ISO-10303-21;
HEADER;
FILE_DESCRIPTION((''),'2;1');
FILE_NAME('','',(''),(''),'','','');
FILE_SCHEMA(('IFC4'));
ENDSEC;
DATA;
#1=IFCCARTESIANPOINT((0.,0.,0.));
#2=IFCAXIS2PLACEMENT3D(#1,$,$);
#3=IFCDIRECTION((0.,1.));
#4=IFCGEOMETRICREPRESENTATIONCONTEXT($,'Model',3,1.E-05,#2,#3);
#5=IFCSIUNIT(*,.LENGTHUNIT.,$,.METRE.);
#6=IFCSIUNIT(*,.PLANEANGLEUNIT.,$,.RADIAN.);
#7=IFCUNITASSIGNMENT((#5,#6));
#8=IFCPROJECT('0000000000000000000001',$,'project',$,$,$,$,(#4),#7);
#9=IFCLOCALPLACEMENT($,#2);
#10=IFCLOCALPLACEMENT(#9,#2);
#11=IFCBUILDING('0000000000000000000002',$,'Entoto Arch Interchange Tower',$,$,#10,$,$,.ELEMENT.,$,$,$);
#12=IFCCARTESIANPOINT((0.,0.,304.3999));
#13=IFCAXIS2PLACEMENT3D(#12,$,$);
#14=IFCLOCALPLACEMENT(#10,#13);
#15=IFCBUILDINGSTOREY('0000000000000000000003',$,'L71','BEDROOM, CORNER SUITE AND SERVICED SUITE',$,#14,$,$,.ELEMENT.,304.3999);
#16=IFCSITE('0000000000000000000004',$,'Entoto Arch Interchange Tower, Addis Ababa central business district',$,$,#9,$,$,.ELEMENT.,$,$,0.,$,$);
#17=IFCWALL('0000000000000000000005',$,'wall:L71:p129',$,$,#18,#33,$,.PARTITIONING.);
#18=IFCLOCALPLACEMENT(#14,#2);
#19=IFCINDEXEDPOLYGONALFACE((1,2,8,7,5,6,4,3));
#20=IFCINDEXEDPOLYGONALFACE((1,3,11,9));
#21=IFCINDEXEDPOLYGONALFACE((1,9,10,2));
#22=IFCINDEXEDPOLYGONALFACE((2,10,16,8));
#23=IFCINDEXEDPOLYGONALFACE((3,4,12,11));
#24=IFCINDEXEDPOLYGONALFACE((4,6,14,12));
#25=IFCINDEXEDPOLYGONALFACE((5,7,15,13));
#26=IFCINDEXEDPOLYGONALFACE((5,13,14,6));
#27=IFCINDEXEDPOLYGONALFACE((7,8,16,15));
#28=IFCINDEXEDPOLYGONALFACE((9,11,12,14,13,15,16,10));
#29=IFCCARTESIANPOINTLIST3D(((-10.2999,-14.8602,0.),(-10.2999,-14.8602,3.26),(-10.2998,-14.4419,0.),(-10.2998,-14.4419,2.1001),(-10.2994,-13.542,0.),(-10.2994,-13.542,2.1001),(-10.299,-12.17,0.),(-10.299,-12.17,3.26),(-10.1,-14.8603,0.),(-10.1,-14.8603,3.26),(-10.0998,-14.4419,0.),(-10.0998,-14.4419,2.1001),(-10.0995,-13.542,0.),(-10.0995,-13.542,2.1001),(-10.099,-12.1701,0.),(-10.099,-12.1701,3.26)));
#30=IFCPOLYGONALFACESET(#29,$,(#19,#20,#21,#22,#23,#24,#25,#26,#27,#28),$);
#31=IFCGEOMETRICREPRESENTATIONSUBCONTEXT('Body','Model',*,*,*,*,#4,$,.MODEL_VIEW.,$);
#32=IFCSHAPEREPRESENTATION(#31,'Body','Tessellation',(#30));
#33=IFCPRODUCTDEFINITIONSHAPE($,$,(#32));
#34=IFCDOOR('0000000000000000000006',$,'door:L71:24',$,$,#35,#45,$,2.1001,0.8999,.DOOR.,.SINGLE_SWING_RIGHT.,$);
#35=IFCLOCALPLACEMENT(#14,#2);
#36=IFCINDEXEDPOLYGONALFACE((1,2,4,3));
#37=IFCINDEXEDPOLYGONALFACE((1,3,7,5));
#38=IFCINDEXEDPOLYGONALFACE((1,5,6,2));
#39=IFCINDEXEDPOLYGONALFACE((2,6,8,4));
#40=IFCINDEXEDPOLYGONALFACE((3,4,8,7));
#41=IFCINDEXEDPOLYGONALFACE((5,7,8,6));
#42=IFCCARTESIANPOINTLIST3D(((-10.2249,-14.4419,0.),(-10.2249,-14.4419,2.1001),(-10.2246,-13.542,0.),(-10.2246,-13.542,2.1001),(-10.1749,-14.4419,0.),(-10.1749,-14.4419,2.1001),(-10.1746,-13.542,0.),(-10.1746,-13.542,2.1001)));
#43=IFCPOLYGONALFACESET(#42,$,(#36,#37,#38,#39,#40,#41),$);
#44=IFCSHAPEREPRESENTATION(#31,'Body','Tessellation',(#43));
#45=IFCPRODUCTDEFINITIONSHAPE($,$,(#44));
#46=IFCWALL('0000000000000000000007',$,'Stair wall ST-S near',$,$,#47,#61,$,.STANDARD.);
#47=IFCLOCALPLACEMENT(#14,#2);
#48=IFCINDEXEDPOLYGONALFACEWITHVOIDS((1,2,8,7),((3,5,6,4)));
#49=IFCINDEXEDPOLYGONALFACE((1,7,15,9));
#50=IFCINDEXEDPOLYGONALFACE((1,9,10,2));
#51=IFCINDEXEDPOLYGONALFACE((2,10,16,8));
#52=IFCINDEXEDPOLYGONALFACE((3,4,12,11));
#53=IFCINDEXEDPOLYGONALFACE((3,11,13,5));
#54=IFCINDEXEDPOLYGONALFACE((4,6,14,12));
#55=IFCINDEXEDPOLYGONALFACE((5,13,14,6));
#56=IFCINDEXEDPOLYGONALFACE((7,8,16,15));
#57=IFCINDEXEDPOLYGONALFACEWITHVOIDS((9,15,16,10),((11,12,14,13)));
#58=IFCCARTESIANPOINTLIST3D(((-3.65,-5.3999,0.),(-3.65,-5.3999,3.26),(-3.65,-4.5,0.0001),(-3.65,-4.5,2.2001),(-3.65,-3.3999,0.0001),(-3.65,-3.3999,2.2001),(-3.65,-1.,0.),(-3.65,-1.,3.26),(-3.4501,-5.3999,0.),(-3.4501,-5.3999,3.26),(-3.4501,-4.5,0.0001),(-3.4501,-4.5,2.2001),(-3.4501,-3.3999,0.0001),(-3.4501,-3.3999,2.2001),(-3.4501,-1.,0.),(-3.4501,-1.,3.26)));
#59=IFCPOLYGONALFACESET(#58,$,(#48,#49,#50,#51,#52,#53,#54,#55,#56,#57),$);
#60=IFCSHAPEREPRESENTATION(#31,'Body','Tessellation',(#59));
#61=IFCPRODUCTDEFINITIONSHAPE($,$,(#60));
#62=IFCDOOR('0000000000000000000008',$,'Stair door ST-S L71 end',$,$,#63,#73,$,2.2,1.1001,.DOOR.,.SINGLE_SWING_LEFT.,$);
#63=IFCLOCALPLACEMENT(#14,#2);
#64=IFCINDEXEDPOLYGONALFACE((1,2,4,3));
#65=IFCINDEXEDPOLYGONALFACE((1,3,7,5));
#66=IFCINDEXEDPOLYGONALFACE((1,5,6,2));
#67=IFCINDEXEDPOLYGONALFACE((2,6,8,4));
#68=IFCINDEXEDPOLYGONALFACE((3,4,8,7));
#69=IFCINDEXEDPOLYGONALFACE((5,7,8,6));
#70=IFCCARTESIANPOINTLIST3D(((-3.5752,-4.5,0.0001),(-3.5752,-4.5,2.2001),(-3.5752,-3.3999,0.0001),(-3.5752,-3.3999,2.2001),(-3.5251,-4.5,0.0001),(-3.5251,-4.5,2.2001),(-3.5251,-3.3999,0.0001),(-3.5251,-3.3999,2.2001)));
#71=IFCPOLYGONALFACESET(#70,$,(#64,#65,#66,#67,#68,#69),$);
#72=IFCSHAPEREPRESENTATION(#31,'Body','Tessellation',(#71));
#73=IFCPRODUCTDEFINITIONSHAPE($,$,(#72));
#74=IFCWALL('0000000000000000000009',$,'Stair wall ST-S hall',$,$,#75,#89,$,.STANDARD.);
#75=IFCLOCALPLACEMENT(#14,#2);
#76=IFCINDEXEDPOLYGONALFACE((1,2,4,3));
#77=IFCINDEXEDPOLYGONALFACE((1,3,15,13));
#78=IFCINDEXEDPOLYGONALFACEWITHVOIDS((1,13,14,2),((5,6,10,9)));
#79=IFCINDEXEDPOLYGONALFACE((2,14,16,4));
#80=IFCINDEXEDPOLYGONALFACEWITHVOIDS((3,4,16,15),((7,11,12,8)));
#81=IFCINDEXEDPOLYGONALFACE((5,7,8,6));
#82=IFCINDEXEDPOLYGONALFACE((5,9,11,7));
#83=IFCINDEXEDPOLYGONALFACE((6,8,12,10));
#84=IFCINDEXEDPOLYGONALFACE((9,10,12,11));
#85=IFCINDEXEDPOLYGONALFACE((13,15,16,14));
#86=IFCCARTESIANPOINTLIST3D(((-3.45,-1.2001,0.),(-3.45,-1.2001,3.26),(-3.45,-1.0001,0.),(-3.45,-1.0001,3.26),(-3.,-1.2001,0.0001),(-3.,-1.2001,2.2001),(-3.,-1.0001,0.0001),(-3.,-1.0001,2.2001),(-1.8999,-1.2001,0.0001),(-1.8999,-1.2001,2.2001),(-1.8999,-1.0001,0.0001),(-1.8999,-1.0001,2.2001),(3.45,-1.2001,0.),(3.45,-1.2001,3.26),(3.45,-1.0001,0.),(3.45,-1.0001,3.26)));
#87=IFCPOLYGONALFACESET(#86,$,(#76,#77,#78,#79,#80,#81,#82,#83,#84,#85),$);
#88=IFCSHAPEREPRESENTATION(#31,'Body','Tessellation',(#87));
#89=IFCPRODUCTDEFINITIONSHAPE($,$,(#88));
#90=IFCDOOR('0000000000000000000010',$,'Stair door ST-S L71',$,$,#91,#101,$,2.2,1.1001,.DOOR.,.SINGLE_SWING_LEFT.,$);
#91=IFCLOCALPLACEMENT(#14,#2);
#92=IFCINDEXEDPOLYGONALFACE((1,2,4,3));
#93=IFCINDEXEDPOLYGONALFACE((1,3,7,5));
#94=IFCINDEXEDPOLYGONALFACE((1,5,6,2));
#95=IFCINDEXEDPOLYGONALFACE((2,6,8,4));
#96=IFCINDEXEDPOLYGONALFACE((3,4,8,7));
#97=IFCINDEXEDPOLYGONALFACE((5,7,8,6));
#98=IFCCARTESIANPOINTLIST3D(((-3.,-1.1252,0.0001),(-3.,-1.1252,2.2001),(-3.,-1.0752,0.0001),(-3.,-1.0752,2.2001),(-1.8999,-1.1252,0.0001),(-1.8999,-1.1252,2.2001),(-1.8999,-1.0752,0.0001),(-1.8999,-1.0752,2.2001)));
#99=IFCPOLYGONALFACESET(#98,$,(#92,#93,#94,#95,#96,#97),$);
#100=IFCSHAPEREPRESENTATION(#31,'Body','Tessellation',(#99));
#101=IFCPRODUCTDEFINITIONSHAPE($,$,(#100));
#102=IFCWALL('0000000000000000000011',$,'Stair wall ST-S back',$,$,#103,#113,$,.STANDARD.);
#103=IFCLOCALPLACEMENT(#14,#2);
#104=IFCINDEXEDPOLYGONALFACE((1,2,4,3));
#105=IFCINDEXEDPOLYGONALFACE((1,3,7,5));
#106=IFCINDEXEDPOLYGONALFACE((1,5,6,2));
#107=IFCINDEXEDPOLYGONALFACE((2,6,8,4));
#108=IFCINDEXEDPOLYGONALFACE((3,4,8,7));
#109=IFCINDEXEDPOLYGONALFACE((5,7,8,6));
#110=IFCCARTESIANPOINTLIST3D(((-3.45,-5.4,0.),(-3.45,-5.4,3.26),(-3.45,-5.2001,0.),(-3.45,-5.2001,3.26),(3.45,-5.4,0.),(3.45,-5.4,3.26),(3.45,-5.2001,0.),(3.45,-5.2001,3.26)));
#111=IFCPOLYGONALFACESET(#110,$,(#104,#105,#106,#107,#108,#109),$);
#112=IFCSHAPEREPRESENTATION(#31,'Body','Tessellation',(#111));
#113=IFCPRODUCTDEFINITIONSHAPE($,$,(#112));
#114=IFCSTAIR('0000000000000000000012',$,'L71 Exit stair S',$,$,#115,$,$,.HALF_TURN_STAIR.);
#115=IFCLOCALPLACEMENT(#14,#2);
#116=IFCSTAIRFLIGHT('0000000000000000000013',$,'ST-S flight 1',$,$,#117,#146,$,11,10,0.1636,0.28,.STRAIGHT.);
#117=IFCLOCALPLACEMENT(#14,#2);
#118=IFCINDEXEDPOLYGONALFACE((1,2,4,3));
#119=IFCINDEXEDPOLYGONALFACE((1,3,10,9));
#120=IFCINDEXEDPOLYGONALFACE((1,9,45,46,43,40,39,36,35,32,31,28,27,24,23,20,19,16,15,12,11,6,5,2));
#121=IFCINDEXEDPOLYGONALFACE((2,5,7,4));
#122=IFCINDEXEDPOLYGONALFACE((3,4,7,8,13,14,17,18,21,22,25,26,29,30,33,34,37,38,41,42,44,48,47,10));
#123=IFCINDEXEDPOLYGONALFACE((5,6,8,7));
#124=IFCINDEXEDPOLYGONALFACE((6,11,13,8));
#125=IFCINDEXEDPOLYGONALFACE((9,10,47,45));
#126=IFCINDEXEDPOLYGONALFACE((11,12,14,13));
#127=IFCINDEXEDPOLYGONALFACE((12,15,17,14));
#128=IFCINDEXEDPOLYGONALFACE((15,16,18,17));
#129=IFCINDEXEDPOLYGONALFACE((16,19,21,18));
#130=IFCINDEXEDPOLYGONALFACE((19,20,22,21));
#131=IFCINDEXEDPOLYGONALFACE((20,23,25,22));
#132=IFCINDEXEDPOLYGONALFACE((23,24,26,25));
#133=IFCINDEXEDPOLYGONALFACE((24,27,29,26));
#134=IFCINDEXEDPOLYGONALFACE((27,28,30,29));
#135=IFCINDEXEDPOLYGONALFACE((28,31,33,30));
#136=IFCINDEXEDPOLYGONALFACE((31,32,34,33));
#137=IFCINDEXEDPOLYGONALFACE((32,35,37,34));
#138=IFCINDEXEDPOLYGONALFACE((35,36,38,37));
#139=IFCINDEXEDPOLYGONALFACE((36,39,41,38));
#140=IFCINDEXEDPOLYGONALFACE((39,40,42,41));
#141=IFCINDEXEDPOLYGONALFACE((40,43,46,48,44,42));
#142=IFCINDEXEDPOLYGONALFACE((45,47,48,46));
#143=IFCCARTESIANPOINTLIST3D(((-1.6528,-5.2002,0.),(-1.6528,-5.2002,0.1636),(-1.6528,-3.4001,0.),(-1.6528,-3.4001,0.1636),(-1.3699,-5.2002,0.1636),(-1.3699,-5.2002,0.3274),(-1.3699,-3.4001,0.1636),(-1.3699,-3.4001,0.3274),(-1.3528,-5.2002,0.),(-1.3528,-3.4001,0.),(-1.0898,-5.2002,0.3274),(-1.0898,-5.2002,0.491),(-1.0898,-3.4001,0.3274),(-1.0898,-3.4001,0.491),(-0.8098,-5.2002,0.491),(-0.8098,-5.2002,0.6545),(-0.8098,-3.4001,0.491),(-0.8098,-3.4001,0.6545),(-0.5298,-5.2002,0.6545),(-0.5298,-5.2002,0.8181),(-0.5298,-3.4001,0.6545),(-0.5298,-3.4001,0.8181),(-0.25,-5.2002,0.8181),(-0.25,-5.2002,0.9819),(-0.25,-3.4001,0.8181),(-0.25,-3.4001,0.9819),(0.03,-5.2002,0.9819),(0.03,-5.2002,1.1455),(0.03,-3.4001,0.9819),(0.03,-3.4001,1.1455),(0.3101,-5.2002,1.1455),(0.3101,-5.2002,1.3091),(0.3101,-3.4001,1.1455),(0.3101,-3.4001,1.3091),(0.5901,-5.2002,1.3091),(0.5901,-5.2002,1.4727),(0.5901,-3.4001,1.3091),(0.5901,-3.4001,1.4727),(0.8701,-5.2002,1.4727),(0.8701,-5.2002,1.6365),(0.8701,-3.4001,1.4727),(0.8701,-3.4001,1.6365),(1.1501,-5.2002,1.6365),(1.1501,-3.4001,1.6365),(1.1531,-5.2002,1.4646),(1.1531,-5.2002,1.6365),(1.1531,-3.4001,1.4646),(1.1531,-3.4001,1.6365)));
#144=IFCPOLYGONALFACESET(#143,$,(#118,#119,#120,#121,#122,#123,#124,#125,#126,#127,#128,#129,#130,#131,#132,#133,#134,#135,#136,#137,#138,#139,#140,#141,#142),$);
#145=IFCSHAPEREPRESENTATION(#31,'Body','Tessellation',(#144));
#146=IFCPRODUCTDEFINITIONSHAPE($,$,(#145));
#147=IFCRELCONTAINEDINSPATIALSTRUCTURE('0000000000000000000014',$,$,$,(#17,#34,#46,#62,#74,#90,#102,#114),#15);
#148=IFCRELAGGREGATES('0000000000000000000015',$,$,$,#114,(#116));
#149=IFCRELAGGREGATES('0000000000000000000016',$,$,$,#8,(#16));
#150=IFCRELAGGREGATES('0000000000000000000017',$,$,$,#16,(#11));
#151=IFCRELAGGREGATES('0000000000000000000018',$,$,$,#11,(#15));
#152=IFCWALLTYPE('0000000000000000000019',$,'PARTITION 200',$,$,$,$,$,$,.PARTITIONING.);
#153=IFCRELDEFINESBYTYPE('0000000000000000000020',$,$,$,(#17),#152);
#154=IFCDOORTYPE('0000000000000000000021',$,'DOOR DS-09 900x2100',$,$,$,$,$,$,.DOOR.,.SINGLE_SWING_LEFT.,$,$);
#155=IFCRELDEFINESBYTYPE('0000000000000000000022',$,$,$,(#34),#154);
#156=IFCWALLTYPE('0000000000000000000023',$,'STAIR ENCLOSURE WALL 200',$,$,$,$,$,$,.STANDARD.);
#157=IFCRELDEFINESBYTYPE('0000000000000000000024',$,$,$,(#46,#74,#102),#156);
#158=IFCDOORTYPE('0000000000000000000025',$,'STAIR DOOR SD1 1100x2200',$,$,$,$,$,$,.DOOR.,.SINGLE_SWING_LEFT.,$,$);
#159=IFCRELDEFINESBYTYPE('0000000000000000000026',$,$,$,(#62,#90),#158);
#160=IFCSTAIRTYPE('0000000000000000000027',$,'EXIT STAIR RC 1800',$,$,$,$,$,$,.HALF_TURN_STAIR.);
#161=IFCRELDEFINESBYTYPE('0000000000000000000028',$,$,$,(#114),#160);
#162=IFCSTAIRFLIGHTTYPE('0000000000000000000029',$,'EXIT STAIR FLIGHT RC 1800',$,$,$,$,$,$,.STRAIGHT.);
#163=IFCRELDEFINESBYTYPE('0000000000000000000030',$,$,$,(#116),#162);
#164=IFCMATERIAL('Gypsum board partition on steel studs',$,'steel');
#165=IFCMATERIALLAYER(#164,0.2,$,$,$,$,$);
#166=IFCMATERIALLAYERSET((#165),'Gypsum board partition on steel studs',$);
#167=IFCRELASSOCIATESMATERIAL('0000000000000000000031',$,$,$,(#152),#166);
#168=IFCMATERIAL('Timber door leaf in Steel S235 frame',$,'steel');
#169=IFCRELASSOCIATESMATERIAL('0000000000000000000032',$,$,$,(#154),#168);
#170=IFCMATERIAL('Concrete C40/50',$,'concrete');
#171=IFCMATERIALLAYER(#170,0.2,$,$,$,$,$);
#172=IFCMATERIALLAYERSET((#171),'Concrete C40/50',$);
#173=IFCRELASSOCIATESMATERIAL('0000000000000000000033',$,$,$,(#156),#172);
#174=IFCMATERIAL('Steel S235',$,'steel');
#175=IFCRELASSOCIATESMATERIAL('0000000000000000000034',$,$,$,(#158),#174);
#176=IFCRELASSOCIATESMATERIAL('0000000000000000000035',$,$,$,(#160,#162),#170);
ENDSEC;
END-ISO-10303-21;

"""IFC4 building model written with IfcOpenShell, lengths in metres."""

from ifc_helpers import new_model, si_unit, direction, frame, frame_2d, origin, place, context, subcontext, project, spatial, polyline, rectangle, outline, extrude, material, layer, layer_set, type_object, element, fill, aggregate, save


model = new_model("IFC4")

# Units and contexts
model_context = context("Model", 3, precision=1e-05, world=origin(), true_north=direction((0.0, 1.0)))
body_context = subcontext(model_context, "Body", "Model", "MODEL_VIEW")
ifc_project = project(units=[si_unit("LENGTHUNIT", "METRE"), si_unit("PLANEANGLEUNIT", "RADIAN")], contexts=[model_context])

# Site, building, storey
site_placement = place(None, origin())
site = spatial("IfcSite", under=ifc_project, at=site_placement, Name="Entoto Arch Interchange Tower, Addis Ababa central business district", CompositionType="ELEMENT", RefElevation=0.0)
building_placement = place(site_placement, origin())
building = spatial("IfcBuilding", under=site, at=building_placement, Name="Entoto Arch Interchange Tower", CompositionType="ELEMENT")
storey_placement = place(building_placement, frame((0.0, 0.0, 304.3999)))
storey = spatial("IfcBuildingStorey", under=building, at=storey_placement, Name="L71", Description="BEDROOM, CORNER SUITE AND SERVICED SUITE", CompositionType="ELEMENT", Elevation=304.3999)

# Shared definitions
ifc_material_1 = material(Name="Concrete C40/50", Category="concrete")
ifc_material_2 = material(Name="Gypsum board partition on steel studs", Category="steel")
ifc_layer_1 = layer(ifc_material_2, 0.2)
ifc_layer_set_1 = layer_set([ifc_layer_1], Name="Gypsum board partition on steel studs")
wall_type_1 = type_object("IfcWallType", Name="PARTITION 200", PredefinedType="PARTITIONING", material=ifc_layer_set_1)

# Shared definitions
ifc_material_3 = material(Name="Timber door leaf in Steel S235 frame", Category="steel")

# Walls, openings, doors
wall_1_placement = place(storey_placement, frame((-10.199, -12.1699, 0.0), z_axis=(0.0, 0.0, 1.0), x_axis=(-0.000363, -1.0, 0.0)))
wall_1 = element("IfcWall", 1, at=wall_1_placement, inside=storey, type_object=wall_type_1, Name="wall:L71:p129", PredefinedType="PARTITIONING", context=body_context, shape_type="SweptSolid", body=[
    extrude(rectangle(XDim=2.6902, YDim=0.2, at=frame_2d((1.3452, 0.0))), origin(), (0.0, 0.0, 1.0), 3.26),
])
opening_1_placement = place(wall_1_placement, frame((1.3721, 0.0, 0.0)))
opening_1 = element("IfcOpeningElement", 2, at=opening_1_placement, cuts=wall_1, PredefinedType="OPENING", context=body_context, shape_type="SweptSolid", body=[
    extrude(rectangle(XDim=0.8999, YDim=2.1001, at=frame_2d((0.45, 1.05))), frame((0.0, 0.1099, 0.0), z_axis=(0.0, -1.0, 0.0), x_axis=(1.0, 0.0, 0.0)), (0.0, 0.0, 1.0), 0.22),
])
door_type_1 = type_object("IfcDoorType", Name="DOOR DS-09 900x2100", OperationType="SINGLE_SWING_LEFT", PredefinedType="DOOR", material=ifc_material_3)
door_1_placement = place(opening_1_placement, origin())
door_1 = element("IfcDoor", 3, at=door_1_placement, inside=storey, type_object=door_type_1, Name="door:L71:24", OperationType="SINGLE_SWING_RIGHT", OverallHeight=2.1001, OverallWidth=0.8999, PredefinedType="DOOR", context=body_context, shape_type="SweptSolid", body=[
    extrude(rectangle(XDim=0.8999, YDim=2.1001, at=frame_2d((0.45, 1.05))), frame((0.0, 0.0249, 0.0), z_axis=(0.0, -1.0, 0.0), x_axis=(1.0, 0.0, 0.0)), (0.0, 0.0, 1.0), 0.05),
])
fill(opening_1, door_1)
ifc_layer_2 = layer(ifc_material_1, 0.2)
ifc_layer_set_2 = layer_set([ifc_layer_2], Name="Concrete C40/50")
wall_type_2 = type_object("IfcWallType", Name="STAIR ENCLOSURE WALL 200", PredefinedType="STANDARD", material=ifc_layer_set_2)
wall_2_placement = place(storey_placement, frame((-3.55, -1.0, 0.0), z_axis=(0.0, 0.0, 1.0), x_axis=(0.0, -1.0, 0.0)))
wall_2 = element("IfcWall", 4, at=wall_2_placement, inside=storey, type_object=wall_type_2, Name="Stair wall ST-S near", PredefinedType="STANDARD", context=body_context, shape_type="SweptSolid", body=[
    extrude(rectangle(XDim=4.3999, YDim=0.2, at=frame_2d((2.2, 0.0))), origin(), (0.0, 0.0, 1.0), 3.26),
])
opening_2_placement = place(wall_2_placement, frame((2.3999, 0.0, 0.0)))
opening_2 = element("IfcOpeningElement", 5, at=opening_2_placement, cuts=wall_2, PredefinedType="OPENING", context=body_context, shape_type="SweptSolid", body=[
    extrude(rectangle(XDim=1.1001, YDim=2.2, at=frame_2d((0.55, 1.1001))), frame((0.0, 0.1099, 0.0), z_axis=(0.0, -1.0, 0.0), x_axis=(1.0, 0.0, 0.0)), (0.0, 0.0, 1.0), 0.22),
])
ifc_material_4 = material(Name="Steel S235", Category="steel")
door_type_2 = type_object("IfcDoorType", Name="STAIR DOOR SD1 1100x2200", OperationType="SINGLE_SWING_LEFT", PredefinedType="DOOR", material=ifc_material_4)
door_2_placement = place(opening_2_placement, origin())
door_2 = element("IfcDoor", 6, at=door_2_placement, inside=storey, type_object=door_type_2, Name="Stair door ST-S L71 end", OperationType="SINGLE_SWING_LEFT", OverallHeight=2.2, OverallWidth=1.1001, PredefinedType="DOOR", context=body_context, shape_type="SweptSolid", body=[
    extrude(rectangle(XDim=1.1001, YDim=2.2, at=frame_2d((0.55, 1.1001))), frame((0.0, 0.0249, 0.0), z_axis=(0.0, -1.0, 0.0), x_axis=(1.0, 0.0, 0.0)), (0.0, 0.0, 1.0), 0.05),
])
fill(opening_2, door_2)
wall_3_placement = place(storey_placement, frame((-3.45, -1.1001, 0.0), z_axis=(0.0, 0.0, 1.0), x_axis=(1.0, 0.0, 0.0)))
wall_3 = element("IfcWall", 7, at=wall_3_placement, inside=storey, type_object=wall_type_2, Name="Stair wall ST-S hall", PredefinedType="STANDARD", context=body_context, shape_type="SweptSolid", body=[
    extrude(rectangle(XDim=6.8999, YDim=0.2, at=frame_2d((3.45, 0.0))), origin(), (0.0, 0.0, 1.0), 3.26),
])
opening_3_placement = place(wall_3_placement, frame((0.45, 0.0, 0.0)))
opening_3 = element("IfcOpeningElement", 8, at=opening_3_placement, cuts=wall_3, PredefinedType="OPENING", context=body_context, shape_type="SweptSolid", body=[
    extrude(rectangle(XDim=1.1001, YDim=2.2, at=frame_2d((0.55, 1.1001))), frame((0.0, 0.1099, 0.0), z_axis=(0.0, -1.0, 0.0), x_axis=(1.0, 0.0, 0.0)), (0.0, 0.0, 1.0), 0.22),
])
door_3_placement = place(opening_3_placement, origin())
door_3 = element("IfcDoor", 9, at=door_3_placement, inside=storey, type_object=door_type_2, Name="Stair door ST-S L71", OperationType="SINGLE_SWING_LEFT", OverallHeight=2.2, OverallWidth=1.1001, PredefinedType="DOOR", context=body_context, shape_type="SweptSolid", body=[
    extrude(rectangle(XDim=1.1001, YDim=2.2, at=frame_2d((0.55, 1.1001))), frame((0.0, 0.0249, 0.0), z_axis=(0.0, -1.0, 0.0), x_axis=(1.0, 0.0, 0.0)), (0.0, 0.0, 1.0), 0.05),
])
fill(opening_3, door_3)

# Wall
wall_4_placement = place(storey_placement, frame((-3.45, -5.3, 0.0), z_axis=(0.0, 0.0, 1.0), x_axis=(1.0, 0.0, 0.0)))
element("IfcWall", 10, at=wall_4_placement, inside=storey, type_object=wall_type_2, Name="Stair wall ST-S back", PredefinedType="STANDARD", context=body_context, shape_type="SweptSolid", body=[
    extrude(rectangle(XDim=6.8999, YDim=0.2, at=frame_2d((3.45, 0.0))), origin(), (0.0, 0.0, 1.0), 3.26),
])

# Stair, stair flight
stair_type = type_object("IfcStairType", Name="EXIT STAIR RC 1800", PredefinedType="HALF_TURN_STAIR", material=ifc_material_1)
stair_placement = place(storey_placement, origin())
stair = element("IfcStair", 11, at=stair_placement, inside=storey, type_object=stair_type, Name="L71 Exit stair S", PredefinedType="HALF_TURN_STAIR")
stair_flight_type = type_object("IfcStairFlightType", Name="EXIT STAIR FLIGHT RC 1800", PredefinedType="STRAIGHT", material=ifc_material_1)
stair_flight_placement = place(storey_placement, frame((-1.6499, -4.3, 0.0), z_axis=(0.0, 0.0, 1.0), x_axis=(1.0, 0.0, 0.0)))
stair_flight = element("IfcStairFlight", 12, at=stair_flight_placement, type_object=stair_flight_type, Name="ST-S flight 1", NumberOfRisers=11, NumberOfTreads=10, PredefinedType="STRAIGHT", RiserHeight=0.1636, TreadLength=0.28, context=body_context, shape_type="SweptSolid", body=[
    extrude(outline(polyline([(-0.0029, 0.0), (-0.0029, 0.1636), (0.28, 0.1636), (0.28, 0.3274), (0.5601, 0.3274), (0.5601, 0.491), (0.8401, 0.491), (0.8401, 0.6545), (1.1201, 0.6545), (1.1201, 0.8181), (1.3999, 0.8181), (1.3999, 0.9819), (1.6799, 0.9819), (1.6799, 1.1455), (1.96, 1.1455), (1.96, 1.3091), (2.24, 1.3091), (2.24, 1.4727), (2.52, 1.4727), (2.52, 1.6365), (2.8, 1.6365), (2.803, 1.6365), (2.803, 1.4646), (0.2971, 0.0), (-0.0029, 0.0)])), frame((0.0, 0.8999, 0.0), z_axis=(0.0, -1.0, 0.0), x_axis=(1.0, 0.0, 0.0)), (0.0, 0.0, 1.0), 1.8),
])
aggregate(stair, [stair_flight])

save(model, "model.ifc")
